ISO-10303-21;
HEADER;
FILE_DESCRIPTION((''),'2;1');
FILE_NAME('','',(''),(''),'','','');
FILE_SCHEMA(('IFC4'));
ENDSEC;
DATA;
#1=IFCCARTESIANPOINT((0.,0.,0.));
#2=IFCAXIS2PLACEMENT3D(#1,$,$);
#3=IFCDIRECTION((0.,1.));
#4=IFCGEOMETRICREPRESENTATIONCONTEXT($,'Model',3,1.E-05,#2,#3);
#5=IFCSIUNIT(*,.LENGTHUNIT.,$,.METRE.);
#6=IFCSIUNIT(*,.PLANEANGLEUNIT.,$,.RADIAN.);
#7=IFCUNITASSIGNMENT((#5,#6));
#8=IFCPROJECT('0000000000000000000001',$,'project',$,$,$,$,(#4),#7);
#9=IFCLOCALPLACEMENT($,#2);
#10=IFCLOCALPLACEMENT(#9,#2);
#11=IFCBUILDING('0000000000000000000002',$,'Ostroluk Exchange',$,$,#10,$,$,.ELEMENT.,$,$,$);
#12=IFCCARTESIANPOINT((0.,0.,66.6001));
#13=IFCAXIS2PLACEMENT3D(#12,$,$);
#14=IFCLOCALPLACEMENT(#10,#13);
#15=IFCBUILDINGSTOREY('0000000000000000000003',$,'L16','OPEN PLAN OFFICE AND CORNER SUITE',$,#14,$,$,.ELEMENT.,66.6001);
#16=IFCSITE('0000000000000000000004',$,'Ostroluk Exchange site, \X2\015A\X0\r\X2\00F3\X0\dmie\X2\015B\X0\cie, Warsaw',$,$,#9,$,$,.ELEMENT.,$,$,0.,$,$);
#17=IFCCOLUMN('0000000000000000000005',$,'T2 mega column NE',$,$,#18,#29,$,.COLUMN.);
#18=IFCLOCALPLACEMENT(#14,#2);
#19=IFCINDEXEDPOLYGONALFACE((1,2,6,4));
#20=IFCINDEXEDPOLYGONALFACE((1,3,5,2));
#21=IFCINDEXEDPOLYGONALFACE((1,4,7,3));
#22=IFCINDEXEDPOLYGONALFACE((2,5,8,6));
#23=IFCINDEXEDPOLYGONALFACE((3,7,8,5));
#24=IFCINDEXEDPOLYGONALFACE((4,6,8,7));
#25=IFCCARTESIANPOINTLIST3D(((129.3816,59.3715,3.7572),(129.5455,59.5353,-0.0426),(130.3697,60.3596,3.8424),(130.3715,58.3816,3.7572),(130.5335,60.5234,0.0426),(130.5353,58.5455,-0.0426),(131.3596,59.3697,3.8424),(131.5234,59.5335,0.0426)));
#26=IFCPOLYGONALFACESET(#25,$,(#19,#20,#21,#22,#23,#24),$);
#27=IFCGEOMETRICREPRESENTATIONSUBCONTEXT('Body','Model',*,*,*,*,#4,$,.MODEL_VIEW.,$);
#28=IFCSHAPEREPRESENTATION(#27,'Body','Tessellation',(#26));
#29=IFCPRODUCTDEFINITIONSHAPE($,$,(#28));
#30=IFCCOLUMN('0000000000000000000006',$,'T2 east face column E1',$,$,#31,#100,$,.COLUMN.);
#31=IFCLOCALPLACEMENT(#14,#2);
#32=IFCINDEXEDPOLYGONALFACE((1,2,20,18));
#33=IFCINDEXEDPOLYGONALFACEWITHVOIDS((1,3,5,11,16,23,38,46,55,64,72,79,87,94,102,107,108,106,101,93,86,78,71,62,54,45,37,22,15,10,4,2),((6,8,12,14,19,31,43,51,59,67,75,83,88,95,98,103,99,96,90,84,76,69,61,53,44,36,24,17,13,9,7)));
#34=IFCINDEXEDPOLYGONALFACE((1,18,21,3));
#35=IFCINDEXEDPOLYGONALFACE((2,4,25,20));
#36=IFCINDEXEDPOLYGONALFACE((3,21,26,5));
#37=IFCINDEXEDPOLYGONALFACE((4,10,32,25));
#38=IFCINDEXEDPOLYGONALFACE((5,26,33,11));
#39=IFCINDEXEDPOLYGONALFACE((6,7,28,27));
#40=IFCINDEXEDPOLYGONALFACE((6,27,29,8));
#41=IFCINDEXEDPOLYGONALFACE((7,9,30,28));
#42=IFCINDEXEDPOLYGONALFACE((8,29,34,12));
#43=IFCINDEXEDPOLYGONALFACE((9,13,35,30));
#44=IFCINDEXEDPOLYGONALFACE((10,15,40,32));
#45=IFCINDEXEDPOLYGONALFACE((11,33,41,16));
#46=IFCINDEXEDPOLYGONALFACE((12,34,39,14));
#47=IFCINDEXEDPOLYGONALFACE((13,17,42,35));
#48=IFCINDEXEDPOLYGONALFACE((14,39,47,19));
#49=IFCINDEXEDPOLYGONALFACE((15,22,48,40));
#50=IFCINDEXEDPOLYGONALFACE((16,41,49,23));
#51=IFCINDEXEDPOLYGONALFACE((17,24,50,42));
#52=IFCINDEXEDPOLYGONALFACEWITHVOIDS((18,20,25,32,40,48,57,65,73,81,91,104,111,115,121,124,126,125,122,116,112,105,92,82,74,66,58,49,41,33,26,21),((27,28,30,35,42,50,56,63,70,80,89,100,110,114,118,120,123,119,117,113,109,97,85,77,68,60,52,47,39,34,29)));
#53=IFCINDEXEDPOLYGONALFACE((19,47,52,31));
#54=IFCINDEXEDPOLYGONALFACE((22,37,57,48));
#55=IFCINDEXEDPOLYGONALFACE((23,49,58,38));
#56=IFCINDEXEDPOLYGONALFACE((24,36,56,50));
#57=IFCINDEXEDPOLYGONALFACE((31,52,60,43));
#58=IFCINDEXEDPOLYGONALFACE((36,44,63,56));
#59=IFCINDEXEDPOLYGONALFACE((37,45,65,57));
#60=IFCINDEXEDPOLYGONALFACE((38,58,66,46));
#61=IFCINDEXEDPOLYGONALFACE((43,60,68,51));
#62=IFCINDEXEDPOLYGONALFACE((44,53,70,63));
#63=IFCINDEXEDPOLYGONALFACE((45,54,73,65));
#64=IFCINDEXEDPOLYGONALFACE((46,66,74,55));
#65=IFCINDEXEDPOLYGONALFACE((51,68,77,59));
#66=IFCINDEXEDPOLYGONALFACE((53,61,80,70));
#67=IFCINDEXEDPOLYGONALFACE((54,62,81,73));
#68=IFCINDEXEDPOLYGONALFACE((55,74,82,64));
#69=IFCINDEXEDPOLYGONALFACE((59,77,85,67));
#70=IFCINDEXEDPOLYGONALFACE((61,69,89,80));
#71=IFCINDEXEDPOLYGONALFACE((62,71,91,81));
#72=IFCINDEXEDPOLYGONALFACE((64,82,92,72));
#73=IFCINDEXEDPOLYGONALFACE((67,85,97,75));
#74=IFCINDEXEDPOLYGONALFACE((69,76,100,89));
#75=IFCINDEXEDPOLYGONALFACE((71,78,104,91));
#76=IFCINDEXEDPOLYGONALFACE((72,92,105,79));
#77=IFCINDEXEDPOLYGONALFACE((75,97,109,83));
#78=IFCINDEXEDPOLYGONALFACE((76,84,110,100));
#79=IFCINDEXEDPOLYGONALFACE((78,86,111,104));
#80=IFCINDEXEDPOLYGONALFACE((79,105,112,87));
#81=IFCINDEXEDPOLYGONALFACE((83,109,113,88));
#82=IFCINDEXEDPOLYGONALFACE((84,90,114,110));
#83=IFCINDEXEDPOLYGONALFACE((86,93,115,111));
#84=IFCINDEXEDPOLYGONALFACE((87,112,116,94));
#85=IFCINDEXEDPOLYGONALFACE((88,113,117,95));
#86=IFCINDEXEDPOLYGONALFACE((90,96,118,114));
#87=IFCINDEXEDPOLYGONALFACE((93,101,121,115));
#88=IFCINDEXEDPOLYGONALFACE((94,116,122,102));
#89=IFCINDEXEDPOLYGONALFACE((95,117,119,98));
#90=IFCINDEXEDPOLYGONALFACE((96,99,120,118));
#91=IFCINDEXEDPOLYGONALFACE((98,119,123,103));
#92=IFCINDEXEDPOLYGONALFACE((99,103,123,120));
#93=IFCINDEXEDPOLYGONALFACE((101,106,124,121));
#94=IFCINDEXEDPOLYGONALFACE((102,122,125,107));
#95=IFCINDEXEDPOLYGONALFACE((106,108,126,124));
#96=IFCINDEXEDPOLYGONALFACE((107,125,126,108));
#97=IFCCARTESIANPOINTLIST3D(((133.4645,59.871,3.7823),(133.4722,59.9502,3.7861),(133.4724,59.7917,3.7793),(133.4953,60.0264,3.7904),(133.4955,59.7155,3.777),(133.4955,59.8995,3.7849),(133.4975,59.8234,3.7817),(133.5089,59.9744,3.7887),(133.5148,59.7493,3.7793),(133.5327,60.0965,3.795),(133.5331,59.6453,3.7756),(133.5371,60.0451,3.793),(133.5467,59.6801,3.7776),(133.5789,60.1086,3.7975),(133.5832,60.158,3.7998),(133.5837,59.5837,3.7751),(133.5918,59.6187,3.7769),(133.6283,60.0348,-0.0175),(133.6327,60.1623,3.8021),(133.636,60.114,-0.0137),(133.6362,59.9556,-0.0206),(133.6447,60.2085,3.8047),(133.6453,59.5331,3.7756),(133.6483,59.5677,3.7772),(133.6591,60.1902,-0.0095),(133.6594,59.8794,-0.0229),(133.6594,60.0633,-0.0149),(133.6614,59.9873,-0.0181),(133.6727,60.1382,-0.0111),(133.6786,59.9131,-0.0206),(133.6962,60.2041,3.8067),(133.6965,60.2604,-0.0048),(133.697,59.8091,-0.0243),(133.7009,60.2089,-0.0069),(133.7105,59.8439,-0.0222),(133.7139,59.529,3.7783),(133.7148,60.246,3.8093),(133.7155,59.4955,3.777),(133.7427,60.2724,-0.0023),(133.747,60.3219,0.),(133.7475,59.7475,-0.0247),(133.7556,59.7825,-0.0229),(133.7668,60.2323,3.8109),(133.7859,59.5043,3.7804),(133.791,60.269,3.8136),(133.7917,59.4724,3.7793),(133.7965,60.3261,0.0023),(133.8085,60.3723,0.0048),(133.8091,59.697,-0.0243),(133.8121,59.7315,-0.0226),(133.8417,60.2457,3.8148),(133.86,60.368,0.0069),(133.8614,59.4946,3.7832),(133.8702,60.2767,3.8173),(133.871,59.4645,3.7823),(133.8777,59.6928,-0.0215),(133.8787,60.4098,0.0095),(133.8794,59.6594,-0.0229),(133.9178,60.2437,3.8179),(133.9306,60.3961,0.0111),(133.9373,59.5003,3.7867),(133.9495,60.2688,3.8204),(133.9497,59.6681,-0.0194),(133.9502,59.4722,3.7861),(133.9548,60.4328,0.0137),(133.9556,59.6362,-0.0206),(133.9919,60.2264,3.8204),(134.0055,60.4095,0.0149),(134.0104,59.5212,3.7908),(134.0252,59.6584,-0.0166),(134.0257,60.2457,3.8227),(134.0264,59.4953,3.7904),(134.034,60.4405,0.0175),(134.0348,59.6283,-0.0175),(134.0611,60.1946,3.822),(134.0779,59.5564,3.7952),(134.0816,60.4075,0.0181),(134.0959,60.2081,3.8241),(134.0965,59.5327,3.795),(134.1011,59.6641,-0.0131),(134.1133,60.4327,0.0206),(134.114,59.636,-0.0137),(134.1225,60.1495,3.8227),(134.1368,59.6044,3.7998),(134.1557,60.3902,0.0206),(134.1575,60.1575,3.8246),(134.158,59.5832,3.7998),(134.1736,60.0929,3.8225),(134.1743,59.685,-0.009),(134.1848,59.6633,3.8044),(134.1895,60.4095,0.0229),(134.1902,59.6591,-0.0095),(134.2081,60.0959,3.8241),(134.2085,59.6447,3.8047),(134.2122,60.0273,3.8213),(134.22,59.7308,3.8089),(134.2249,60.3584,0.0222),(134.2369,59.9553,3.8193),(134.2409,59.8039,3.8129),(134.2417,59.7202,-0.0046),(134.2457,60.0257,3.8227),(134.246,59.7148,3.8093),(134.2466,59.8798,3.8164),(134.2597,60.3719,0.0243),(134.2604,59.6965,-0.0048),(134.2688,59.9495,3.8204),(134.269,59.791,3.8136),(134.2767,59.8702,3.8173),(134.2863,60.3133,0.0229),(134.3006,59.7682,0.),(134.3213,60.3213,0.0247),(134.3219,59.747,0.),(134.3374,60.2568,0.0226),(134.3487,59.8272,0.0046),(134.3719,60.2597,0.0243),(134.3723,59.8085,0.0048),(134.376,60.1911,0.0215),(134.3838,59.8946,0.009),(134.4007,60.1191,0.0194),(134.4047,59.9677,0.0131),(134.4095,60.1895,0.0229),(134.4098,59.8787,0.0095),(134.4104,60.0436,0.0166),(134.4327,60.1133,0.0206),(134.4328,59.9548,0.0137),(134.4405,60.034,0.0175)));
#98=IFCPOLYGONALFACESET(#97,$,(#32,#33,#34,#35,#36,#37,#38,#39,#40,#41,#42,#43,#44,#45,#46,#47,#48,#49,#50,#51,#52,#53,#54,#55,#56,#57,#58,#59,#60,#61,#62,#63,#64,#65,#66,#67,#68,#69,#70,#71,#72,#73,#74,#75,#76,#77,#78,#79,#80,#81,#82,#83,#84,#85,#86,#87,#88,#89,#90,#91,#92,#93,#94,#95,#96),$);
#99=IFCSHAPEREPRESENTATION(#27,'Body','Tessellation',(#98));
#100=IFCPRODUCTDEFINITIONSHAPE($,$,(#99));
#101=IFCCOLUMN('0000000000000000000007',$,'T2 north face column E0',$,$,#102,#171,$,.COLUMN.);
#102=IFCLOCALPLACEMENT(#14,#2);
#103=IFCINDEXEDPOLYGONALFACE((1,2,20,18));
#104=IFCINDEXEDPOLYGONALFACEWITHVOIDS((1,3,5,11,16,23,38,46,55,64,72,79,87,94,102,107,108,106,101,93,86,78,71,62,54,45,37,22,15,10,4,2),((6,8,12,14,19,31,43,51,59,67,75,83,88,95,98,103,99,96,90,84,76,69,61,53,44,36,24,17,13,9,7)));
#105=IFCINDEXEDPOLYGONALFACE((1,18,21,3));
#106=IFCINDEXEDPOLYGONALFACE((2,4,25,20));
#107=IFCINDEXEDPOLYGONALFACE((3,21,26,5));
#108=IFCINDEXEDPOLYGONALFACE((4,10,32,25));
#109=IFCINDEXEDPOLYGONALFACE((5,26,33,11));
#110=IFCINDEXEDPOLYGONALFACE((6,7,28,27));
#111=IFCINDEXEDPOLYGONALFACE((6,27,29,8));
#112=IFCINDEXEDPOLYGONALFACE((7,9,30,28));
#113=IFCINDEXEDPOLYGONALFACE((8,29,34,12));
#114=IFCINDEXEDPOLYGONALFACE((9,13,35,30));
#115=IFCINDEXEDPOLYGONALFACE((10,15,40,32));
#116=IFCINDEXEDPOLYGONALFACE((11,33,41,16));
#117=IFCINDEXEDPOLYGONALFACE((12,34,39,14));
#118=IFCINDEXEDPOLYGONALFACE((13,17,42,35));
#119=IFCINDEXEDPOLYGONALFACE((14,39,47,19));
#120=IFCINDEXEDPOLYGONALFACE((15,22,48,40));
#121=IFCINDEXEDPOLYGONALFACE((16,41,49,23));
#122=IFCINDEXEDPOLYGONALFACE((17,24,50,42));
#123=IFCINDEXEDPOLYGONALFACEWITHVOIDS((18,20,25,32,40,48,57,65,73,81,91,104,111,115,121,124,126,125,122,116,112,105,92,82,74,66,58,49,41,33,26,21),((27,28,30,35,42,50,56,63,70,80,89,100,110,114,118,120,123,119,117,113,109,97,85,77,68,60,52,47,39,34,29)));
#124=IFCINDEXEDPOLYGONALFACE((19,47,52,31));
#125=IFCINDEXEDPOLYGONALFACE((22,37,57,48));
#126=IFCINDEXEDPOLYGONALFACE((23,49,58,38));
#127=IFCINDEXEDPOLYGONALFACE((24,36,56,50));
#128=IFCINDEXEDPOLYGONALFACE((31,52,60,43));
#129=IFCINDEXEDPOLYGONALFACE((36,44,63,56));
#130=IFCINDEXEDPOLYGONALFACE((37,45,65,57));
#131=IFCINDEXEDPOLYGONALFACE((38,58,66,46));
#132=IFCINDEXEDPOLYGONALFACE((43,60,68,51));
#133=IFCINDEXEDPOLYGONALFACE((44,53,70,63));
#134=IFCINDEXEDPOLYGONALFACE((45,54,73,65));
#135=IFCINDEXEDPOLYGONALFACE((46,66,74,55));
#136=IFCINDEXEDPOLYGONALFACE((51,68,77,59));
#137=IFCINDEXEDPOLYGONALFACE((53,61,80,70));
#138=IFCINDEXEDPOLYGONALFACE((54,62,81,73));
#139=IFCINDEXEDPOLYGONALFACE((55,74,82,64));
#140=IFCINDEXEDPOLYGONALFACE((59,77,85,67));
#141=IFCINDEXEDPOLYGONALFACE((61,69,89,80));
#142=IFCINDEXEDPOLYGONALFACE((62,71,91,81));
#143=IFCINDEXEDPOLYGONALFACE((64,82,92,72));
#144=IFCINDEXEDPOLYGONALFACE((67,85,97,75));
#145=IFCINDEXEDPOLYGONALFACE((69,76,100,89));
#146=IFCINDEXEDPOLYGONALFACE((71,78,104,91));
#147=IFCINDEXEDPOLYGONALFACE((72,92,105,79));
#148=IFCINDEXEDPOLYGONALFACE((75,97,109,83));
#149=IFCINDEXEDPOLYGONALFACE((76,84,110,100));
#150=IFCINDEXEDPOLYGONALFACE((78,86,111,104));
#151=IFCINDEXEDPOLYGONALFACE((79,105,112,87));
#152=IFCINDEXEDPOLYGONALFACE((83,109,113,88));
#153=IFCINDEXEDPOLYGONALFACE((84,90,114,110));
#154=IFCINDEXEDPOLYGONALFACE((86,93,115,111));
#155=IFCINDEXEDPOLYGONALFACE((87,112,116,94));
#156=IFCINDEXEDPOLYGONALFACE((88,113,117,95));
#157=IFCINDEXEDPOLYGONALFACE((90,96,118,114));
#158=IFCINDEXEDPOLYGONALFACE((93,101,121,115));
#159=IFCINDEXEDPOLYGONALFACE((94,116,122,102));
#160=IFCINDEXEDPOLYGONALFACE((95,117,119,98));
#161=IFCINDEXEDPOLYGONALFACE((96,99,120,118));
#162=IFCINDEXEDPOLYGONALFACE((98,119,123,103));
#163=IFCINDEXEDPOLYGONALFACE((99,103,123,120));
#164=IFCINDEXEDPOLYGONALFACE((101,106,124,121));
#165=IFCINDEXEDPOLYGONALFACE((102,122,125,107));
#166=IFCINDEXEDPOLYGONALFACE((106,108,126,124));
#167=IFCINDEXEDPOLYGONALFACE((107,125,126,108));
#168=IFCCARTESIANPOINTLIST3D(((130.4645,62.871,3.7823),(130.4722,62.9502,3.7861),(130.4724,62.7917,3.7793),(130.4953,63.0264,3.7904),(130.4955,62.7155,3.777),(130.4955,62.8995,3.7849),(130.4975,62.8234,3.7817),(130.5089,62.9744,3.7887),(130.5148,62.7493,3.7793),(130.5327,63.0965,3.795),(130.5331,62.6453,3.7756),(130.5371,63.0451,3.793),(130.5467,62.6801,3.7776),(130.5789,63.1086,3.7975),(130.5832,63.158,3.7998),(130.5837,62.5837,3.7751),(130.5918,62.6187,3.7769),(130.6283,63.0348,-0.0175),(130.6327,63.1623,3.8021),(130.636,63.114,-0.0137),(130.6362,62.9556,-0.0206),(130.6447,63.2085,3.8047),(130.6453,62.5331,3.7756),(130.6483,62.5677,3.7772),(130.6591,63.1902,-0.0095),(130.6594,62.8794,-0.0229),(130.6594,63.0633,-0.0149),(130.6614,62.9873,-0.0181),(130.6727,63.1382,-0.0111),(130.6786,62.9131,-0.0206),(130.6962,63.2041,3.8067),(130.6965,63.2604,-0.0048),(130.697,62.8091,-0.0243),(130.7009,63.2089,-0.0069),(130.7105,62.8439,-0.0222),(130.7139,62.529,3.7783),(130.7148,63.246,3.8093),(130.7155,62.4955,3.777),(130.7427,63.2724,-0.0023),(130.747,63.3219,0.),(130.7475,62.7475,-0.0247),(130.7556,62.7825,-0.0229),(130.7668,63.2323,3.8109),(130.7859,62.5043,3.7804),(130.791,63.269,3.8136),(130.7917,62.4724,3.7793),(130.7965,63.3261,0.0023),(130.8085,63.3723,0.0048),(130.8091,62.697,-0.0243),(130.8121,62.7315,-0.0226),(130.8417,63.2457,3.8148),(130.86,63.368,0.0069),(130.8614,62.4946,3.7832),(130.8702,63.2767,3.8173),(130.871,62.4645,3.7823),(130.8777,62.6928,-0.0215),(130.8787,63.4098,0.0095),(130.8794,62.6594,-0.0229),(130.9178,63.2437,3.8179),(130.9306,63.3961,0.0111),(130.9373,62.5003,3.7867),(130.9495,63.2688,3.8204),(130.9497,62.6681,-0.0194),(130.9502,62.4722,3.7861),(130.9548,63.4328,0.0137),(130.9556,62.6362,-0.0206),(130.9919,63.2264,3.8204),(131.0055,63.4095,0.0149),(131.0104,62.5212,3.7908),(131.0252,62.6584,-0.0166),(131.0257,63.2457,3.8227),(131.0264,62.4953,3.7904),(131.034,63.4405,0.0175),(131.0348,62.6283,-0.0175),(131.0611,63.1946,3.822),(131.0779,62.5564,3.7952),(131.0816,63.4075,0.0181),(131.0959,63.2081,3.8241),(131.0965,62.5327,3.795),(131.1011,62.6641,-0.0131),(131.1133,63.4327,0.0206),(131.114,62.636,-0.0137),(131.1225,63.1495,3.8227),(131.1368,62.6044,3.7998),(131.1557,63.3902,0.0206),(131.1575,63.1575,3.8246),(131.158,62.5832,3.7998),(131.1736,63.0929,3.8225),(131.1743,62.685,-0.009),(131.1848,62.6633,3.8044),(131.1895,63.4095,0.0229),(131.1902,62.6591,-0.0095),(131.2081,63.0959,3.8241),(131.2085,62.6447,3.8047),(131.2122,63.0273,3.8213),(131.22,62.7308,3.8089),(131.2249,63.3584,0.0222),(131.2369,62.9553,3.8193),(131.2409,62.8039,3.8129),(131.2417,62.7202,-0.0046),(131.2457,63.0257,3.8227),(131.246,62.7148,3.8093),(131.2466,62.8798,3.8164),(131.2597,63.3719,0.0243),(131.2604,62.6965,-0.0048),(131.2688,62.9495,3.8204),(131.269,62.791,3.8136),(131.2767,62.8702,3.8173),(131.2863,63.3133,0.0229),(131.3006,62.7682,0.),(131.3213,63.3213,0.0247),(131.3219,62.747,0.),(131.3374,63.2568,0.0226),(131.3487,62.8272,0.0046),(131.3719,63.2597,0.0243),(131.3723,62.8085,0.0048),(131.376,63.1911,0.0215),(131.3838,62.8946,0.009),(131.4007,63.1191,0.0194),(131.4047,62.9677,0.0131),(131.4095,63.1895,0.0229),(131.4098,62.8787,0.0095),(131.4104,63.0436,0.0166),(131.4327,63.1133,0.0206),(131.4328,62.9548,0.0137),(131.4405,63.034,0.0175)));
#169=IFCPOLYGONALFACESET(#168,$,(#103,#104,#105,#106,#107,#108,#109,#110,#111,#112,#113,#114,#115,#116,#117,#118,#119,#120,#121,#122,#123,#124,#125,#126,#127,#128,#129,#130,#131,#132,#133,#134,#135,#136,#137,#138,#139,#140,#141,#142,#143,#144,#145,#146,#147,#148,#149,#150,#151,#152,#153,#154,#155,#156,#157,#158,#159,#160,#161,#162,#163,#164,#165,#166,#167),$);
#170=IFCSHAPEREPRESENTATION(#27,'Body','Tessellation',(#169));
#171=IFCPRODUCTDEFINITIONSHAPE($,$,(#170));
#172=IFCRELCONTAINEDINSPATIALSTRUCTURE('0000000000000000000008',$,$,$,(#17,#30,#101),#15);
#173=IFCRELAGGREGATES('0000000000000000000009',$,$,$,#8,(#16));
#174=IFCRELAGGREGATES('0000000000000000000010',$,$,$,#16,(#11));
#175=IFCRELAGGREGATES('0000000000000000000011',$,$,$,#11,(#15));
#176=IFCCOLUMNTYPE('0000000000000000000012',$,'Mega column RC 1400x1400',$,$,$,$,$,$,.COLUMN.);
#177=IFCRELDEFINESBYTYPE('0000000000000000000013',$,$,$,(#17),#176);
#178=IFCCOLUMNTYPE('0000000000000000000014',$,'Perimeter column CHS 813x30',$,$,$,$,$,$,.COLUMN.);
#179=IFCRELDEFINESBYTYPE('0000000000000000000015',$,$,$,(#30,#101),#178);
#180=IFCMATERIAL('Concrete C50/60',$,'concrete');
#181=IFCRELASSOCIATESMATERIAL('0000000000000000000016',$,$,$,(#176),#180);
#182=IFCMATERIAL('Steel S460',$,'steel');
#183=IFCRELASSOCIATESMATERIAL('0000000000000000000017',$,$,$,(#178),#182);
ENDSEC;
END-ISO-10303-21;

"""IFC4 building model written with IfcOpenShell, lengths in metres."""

from ifc_helpers import new_model, si_unit, direction, frame, origin, origin_2d, place, context, subcontext, project, spatial, rectangle, hollow_circle, extrude, material, material_profile, profile_set, type_object, element, save


model = new_model("IFC4")

# Units and contexts
model_context = context("Model", 3, precision=1e-05, world=origin(), true_north=direction((0.0, 1.0)))
body_context = subcontext(model_context, "Body", "Model", "MODEL_VIEW")
ifc_project = project(units=[si_unit("LENGTHUNIT", "METRE"), si_unit("PLANEANGLEUNIT", "RADIAN")], contexts=[model_context])

# Site, building, storey
site_placement = place(None, origin())
site = spatial("IfcSite", under=ifc_project, at=site_placement, Name="Ostroluk Exchange site, Śródmieście, Warsaw", CompositionType="ELEMENT", RefElevation=0.0)
building_placement = place(site_placement, origin())
building = spatial("IfcBuilding", under=site, at=building_placement, Name="Ostroluk Exchange", CompositionType="ELEMENT")
storey_placement = place(building_placement, frame((0.0, 0.0, 66.6001)))
storey = spatial("IfcBuildingStorey", under=building, at=storey_placement, Name="L16", Description="OPEN PLAN OFFICE AND CORNER SUITE", CompositionType="ELEMENT", Elevation=66.6001)

# Columns
ifc_material_1 = material(Name="Concrete C50/60", Category="concrete")
ifc_material_profile_1 = material_profile(ifc_material_1, rectangle(XDim=1.3999, YDim=1.3999, at=origin_2d()), Name="RC 1400x1400")
ifc_profile_set_1 = profile_set([ifc_material_profile_1], Name="Concrete C50/60")
column_type_1 = type_object("IfcColumnType", Name="Mega column RC 1400x1400", PredefinedType="COLUMN", material=ifc_profile_set_1)
column_placement = place(storey_placement, frame((130.5344, 59.5344, 0.0), z_axis=(-0.043032, -0.043032, 0.998146), x_axis=(0.707107, -0.707107, 0.0)))
element("IfcColumn", 1, at=column_placement, inside=storey, type_object=column_type_1, Name="T2 mega column NE", PredefinedType="COLUMN", context=body_context, shape_type="SweptSolid", body=[
    extrude(rectangle(XDim=1.3999, YDim=1.3999, at=origin_2d()), origin(), (0.0, 0.0, 1.0), 3.8069),
])
ifc_material_2 = material(Name="Steel S460", Category="steel")
ifc_material_profile_2 = material_profile(ifc_material_2, hollow_circle(Radius=0.4065, WallThickness=0.03, at=origin_2d()), Name="CHS 813x30")
ifc_profile_set_2 = profile_set([ifc_material_profile_2], Name="Steel S460")
column_type_2 = type_object("IfcColumnType", Name="Perimeter column CHS 813x30", PredefinedType="COLUMN", material=ifc_profile_set_2)
for number, where, z_axis, x_axis, name in (
    (2, (134.0344, 60.0344, 0.0), (-0.043032, -0.043032, 0.998146), (0.707107, -0.707107, 0.0), "T2 east face column E1"),
    (3, (131.0344, 63.0344, 0.0), (-0.043032, -0.043032, 0.998146), (0.707107, -0.707107, 0.0), "T2 north face column E0"),
):
    element("IfcColumn", number, at=place(storey_placement, frame(where, z_axis=z_axis, x_axis=x_axis)), inside=storey, type_object=column_type_2, Name=name, PredefinedType="COLUMN", context=body_context, shape_type="SweptSolid", body=[
        extrude(hollow_circle(Radius=0.4065, WallThickness=0.03, at=origin_2d()), origin(), (0.0, 0.0, 1.0), 3.8069),
    ])

save(model, "model.ifc")
